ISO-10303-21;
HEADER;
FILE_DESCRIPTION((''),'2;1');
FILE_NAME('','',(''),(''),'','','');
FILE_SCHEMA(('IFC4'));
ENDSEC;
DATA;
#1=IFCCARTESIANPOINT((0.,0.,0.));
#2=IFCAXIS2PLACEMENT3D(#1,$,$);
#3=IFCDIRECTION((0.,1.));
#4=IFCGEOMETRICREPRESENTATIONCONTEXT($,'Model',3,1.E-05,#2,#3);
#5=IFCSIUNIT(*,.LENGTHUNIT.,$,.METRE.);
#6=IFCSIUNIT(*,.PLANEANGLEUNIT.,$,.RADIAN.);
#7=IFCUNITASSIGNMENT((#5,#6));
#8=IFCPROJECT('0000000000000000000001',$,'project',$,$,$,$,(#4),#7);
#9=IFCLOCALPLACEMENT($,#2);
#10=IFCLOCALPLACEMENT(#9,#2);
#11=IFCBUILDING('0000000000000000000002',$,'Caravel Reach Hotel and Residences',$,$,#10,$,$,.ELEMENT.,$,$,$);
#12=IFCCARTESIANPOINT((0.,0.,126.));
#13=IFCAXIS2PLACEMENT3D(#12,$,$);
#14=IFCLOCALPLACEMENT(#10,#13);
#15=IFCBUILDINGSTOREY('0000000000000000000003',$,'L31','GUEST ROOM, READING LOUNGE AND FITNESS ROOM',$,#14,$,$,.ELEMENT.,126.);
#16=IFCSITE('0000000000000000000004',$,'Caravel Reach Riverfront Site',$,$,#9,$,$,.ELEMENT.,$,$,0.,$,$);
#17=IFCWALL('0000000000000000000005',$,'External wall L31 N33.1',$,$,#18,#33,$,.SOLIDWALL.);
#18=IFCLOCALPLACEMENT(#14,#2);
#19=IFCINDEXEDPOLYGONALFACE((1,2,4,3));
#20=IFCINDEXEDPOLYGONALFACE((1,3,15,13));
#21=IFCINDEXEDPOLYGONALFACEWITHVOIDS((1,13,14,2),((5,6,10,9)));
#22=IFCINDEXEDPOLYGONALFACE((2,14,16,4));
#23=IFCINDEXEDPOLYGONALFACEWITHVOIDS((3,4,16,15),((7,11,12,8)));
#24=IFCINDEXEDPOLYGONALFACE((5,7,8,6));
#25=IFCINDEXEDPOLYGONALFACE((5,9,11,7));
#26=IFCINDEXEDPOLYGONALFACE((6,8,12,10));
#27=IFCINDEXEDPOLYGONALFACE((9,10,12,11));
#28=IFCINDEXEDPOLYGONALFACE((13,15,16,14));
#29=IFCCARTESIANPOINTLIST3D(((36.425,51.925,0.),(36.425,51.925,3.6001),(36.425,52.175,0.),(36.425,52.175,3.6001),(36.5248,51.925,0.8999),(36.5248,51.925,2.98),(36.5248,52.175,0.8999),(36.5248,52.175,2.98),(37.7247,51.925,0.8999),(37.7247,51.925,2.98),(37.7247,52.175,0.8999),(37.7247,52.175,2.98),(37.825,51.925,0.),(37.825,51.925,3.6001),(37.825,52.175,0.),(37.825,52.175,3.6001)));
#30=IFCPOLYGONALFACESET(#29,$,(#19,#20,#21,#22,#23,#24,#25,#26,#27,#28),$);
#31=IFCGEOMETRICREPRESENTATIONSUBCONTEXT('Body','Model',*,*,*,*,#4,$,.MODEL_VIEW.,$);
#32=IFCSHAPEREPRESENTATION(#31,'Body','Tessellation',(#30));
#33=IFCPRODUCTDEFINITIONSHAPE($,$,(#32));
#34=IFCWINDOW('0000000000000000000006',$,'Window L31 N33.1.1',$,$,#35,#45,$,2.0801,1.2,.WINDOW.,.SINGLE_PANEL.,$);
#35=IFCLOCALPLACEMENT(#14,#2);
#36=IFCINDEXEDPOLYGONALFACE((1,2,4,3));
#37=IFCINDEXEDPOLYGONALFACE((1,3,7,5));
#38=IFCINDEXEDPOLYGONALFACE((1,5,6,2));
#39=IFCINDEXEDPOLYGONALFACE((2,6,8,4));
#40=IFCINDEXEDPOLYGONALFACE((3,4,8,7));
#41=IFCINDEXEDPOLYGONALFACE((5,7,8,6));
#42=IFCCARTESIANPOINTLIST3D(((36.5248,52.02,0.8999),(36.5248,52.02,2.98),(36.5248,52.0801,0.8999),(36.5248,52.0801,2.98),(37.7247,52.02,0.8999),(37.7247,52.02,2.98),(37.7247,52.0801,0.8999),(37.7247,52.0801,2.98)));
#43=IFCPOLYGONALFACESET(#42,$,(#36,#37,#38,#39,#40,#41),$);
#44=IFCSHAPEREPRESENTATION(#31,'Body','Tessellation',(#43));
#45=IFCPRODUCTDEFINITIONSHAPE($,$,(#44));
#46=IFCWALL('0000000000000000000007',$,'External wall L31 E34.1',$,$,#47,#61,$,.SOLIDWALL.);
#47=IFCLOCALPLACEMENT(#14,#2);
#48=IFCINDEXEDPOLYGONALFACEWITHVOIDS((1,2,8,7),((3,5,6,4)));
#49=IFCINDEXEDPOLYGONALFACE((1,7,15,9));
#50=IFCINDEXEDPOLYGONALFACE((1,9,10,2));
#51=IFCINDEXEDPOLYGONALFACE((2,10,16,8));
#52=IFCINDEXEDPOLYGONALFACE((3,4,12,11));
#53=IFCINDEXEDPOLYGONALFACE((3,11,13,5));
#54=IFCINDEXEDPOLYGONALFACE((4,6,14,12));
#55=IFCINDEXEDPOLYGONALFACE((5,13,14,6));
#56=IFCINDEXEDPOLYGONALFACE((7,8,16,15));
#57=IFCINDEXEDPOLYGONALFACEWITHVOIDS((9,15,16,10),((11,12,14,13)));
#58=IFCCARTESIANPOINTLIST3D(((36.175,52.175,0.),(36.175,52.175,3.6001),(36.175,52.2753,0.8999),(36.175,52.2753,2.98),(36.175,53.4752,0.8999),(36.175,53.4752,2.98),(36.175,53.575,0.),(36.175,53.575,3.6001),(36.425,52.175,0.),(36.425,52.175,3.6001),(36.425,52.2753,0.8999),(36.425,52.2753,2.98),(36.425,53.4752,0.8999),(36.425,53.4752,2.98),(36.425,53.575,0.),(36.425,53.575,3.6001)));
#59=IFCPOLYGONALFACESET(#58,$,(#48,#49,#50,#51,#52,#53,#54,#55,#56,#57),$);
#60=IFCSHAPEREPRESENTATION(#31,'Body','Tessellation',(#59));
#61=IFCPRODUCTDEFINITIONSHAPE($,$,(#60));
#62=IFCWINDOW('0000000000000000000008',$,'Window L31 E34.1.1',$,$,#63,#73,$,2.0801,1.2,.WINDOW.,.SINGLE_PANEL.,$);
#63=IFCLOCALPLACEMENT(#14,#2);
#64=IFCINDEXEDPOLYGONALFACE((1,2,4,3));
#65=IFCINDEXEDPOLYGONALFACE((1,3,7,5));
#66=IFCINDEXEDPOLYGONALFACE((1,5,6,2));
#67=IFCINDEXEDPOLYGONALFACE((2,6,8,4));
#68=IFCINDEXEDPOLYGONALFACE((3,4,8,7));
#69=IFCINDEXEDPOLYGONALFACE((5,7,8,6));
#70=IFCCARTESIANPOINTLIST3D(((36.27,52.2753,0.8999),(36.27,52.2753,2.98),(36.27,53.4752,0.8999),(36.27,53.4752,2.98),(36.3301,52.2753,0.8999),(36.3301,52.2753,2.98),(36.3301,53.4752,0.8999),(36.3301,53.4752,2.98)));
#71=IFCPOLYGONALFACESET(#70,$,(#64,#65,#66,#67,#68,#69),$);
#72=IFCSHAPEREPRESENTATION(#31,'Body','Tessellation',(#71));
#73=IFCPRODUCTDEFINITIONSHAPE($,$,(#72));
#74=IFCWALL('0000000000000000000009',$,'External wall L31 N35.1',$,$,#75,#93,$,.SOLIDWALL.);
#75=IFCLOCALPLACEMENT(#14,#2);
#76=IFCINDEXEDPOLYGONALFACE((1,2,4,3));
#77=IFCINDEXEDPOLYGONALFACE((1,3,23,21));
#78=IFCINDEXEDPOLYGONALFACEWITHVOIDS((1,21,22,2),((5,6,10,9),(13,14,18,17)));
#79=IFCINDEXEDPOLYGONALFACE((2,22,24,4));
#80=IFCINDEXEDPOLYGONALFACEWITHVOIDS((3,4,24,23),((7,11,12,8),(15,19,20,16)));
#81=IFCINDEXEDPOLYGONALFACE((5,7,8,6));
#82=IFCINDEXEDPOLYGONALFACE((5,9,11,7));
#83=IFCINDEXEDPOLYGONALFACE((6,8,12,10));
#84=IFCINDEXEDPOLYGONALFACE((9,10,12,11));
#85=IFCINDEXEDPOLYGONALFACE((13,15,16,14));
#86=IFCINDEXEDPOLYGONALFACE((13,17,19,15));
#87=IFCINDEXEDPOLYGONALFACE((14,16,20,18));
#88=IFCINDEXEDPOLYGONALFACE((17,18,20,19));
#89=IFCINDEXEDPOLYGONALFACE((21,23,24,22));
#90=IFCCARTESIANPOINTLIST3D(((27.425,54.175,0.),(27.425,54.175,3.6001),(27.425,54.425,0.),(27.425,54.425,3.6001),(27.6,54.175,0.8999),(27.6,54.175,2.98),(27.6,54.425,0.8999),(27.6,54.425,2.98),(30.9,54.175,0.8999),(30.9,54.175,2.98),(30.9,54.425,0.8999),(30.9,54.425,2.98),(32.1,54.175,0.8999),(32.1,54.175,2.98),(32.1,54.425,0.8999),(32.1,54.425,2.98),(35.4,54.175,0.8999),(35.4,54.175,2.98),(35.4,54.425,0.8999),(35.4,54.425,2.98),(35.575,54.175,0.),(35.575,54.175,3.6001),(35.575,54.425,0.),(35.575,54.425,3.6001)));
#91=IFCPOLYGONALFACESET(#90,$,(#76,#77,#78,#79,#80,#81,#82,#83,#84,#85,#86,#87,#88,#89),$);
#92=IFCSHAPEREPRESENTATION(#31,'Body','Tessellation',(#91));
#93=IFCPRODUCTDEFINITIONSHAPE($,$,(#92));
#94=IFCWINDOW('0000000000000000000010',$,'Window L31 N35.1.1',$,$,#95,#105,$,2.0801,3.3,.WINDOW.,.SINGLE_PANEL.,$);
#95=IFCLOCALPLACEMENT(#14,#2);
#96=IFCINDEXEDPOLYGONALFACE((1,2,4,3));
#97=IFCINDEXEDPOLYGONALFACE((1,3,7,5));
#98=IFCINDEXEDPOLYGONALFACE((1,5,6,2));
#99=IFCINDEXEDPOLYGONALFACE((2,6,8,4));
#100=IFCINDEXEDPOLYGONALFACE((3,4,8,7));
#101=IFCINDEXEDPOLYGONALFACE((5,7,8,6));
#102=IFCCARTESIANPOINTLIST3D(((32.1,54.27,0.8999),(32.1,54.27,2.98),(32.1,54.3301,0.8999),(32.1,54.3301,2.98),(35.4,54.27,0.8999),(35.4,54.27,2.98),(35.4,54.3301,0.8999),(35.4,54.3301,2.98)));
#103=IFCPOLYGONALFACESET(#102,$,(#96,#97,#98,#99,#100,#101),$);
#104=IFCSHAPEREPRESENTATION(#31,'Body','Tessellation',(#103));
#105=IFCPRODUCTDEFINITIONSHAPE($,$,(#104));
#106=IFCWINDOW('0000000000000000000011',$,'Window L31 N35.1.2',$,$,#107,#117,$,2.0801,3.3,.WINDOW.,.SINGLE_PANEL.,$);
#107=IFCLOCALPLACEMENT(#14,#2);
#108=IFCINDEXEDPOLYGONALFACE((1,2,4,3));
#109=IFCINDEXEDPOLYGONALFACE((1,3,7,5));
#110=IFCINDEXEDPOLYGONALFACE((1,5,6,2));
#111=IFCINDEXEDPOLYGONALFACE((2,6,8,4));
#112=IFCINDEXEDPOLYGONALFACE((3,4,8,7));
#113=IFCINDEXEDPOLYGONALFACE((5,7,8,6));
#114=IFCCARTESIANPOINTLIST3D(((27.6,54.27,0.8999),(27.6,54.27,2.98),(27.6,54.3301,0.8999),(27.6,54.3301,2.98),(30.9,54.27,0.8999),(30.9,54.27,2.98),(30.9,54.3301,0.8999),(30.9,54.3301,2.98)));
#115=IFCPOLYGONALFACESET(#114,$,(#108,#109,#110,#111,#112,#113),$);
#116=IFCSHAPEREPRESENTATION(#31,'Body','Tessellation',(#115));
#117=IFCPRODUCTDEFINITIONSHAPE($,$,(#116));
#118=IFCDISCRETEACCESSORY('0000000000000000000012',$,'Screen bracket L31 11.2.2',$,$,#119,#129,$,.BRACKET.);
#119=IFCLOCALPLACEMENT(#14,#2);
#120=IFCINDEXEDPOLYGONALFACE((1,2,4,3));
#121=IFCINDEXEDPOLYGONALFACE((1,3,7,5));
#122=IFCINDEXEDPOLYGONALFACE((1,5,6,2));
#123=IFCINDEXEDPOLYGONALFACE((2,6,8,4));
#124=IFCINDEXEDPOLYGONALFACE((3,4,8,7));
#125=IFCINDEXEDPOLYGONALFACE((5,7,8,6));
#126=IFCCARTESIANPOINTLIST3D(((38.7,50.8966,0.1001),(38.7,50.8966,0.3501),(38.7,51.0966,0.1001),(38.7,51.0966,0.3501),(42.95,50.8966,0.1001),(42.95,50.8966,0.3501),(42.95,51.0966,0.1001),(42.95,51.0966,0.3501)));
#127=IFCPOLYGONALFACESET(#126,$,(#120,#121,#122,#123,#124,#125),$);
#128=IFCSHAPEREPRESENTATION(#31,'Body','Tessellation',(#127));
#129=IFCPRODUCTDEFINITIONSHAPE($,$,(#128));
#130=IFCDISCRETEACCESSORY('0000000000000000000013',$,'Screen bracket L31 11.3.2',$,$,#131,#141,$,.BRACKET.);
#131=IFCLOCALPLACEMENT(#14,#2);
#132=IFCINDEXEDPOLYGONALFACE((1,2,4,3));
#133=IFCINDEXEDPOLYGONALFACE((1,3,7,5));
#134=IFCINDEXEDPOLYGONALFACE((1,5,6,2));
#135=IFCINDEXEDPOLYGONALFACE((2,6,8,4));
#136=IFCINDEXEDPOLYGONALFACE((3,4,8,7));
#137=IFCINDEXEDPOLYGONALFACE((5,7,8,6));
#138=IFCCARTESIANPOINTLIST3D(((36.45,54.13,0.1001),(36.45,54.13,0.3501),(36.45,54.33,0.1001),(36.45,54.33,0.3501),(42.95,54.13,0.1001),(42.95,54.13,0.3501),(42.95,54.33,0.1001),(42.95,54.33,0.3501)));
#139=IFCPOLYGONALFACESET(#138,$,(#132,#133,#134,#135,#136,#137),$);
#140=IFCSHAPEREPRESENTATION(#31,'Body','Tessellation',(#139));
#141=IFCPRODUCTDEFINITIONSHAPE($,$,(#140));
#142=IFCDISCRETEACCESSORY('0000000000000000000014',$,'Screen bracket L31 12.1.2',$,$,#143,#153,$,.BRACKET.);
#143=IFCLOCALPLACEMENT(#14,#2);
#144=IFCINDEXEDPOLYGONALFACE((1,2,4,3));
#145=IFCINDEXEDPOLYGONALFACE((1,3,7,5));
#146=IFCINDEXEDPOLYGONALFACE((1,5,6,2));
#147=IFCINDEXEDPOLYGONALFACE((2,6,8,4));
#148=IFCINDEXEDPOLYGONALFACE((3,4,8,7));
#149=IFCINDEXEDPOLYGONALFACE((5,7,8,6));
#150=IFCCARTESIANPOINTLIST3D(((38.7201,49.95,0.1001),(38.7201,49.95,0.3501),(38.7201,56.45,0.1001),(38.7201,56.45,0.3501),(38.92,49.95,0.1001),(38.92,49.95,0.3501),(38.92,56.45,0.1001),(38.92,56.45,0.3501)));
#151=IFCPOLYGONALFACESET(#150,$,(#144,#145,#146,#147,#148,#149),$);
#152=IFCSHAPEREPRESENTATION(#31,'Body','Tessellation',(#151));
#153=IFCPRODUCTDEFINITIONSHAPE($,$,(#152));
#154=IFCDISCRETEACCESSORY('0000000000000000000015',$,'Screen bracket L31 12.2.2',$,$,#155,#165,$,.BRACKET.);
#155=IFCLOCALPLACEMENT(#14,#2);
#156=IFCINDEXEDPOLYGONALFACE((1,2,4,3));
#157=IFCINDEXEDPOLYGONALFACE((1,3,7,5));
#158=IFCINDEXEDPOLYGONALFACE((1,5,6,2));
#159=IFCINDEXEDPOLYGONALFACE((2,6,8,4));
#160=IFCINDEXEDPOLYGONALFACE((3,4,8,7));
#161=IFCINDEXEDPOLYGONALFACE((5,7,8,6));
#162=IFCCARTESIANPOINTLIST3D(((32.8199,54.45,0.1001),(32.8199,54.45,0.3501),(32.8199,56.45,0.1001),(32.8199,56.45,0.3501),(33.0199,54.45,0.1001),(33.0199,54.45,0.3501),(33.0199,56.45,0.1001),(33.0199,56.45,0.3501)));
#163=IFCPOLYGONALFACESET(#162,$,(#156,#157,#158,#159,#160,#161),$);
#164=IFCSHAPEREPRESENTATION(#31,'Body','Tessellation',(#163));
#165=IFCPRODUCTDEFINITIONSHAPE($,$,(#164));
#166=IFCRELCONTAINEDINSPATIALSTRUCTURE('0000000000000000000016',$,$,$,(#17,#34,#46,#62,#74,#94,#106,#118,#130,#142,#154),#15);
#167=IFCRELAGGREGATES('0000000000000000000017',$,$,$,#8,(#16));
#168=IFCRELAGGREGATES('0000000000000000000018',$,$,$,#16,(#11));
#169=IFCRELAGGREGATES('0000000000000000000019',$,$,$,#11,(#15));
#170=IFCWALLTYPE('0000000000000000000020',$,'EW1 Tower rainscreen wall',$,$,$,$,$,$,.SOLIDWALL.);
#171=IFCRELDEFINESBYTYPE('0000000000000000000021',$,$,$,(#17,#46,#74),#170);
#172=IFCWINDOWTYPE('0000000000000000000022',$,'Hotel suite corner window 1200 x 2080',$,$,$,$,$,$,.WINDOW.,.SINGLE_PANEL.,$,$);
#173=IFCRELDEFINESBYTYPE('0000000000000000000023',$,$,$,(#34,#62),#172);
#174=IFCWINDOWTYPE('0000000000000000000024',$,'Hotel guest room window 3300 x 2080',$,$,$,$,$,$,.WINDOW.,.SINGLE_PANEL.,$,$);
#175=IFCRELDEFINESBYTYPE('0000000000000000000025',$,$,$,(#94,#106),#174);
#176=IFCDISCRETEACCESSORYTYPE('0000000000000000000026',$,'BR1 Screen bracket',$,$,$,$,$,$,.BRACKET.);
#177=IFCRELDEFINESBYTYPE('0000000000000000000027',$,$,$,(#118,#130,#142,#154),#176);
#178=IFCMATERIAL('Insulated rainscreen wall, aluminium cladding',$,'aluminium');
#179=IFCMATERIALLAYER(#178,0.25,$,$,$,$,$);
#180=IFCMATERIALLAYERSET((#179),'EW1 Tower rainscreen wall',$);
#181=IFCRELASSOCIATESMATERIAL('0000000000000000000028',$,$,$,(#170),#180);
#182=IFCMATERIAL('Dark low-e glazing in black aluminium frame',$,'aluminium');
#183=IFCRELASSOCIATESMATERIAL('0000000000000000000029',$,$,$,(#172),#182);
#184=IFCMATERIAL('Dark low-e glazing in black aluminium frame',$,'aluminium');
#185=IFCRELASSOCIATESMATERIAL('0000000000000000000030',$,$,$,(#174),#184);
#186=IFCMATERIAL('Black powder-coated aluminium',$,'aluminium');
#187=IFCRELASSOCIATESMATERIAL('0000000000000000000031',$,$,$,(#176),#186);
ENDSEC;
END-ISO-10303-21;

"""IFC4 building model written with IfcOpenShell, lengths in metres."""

from ifc_helpers import new_model, si_unit, direction, frame, frame_2d, origin, origin_2d, place, context, subcontext, project, spatial, rectangle, extrude, material, layer, layer_set, type_object, element, fill, save


model = new_model("IFC4")

# Units and contexts
model_context = context("Model", 3, precision=1e-05, world=origin(), true_north=direction((0.0, 1.0)))
body_context = subcontext(model_context, "Body", "Model", "MODEL_VIEW")
ifc_project = project(units=[si_unit("LENGTHUNIT", "METRE"), si_unit("PLANEANGLEUNIT", "RADIAN")], contexts=[model_context])

# Site, building, storey
site_placement = place(None, origin())
site = spatial("IfcSite", under=ifc_project, at=site_placement, Name="Caravel Reach Riverfront Site", CompositionType="ELEMENT", RefElevation=0.0)
building_placement = place(site_placement, origin())
building = spatial("IfcBuilding", under=site, at=building_placement, Name="Caravel Reach Hotel and Residences", CompositionType="ELEMENT")
storey_placement = place(building_placement, frame((0.0, 0.0, 126.0)))
storey = spatial("IfcBuildingStorey", under=building, at=storey_placement, Name="L31", Description="GUEST ROOM, READING LOUNGE AND FITNESS ROOM", CompositionType="ELEMENT", Elevation=126.0)

# Walls, openings, windows
ifc_material_1 = material(Name="Insulated rainscreen wall, aluminium cladding", Category="aluminium")
ifc_layer = layer(ifc_material_1, 0.25)
ifc_layer_set = layer_set([ifc_layer], Name="EW1 Tower rainscreen wall")
wall_type = type_object("IfcWallType", Name="EW1 Tower rainscreen wall", PredefinedType="SOLIDWALL", material=ifc_layer_set)
wall_1_placement = place(storey_placement, frame((37.825, 52.05, 0.0), z_axis=(0.0, 0.0, 1.0), x_axis=(-1.0, 0.0, 0.0)))
wall_1 = element("IfcWall", 1, at=wall_1_placement, inside=storey, type_object=wall_type, Name="External wall L31 N33.1", PredefinedType="SOLIDWALL", context=body_context, shape_type="SweptSolid", body=[
    extrude(rectangle(XDim=1.3999, YDim=0.25, at=frame_2d((0.7, 0.0))), origin(), (0.0, 0.0, 1.0), 3.6001),
])
opening_1_placement = place(wall_1_placement, frame((0.1001, 0.0, 0.8999)))
opening_1 = element("IfcOpeningElement", 2, at=opening_1_placement, cuts=wall_1, PredefinedType="OPENING", context=body_context, shape_type="SweptSolid", body=[
    extrude(rectangle(XDim=1.2, YDim=2.0801, at=frame_2d((0.6001, 1.04))), frame((0.0, 0.135, 0.0), z_axis=(0.0, -1.0, 0.0), x_axis=(1.0, 0.0, 0.0)), (0.0, 0.0, 1.0), 0.27),
])
ifc_material_2 = material(Name="Dark low-e glazing in black aluminium frame", Category="aluminium")
window_type_1 = type_object("IfcWindowType", Name="Hotel suite corner window 1200 x 2080", PartitioningType="SINGLE_PANEL", PredefinedType="WINDOW", material=ifc_material_2)
window_1_placement = place(opening_1_placement, origin())
window_1 = element("IfcWindow", 3, at=window_1_placement, inside=storey, type_object=window_type_1, Name="Window L31 N33.1.1", OverallHeight=2.0801, OverallWidth=1.2, PartitioningType="SINGLE_PANEL", PredefinedType="WINDOW", context=body_context, shape_type="SweptSolid", body=[
    extrude(rectangle(XDim=1.2, YDim=2.0801, at=frame_2d((0.6001, 1.04))), frame((0.0, 0.03, 0.0), z_axis=(0.0, -1.0, 0.0), x_axis=(1.0, 0.0, 0.0)), (0.0, 0.0, 1.0), 0.0601),
])
fill(opening_1, window_1)
wall_2_placement = place(storey_placement, frame((36.3, 52.175, 0.0), z_axis=(0.0, 0.0, 1.0), x_axis=(0.0, 1.0, 0.0)))
wall_2 = element("IfcWall", 4, at=wall_2_placement, inside=storey, type_object=wall_type, Name="External wall L31 E34.1", PredefinedType="SOLIDWALL", context=body_context, shape_type="SweptSolid", body=[
    extrude(rectangle(XDim=1.3999, YDim=0.25, at=frame_2d((0.7, 0.0))), origin(), (0.0, 0.0, 1.0), 3.6001),
])
opening_2_placement = place(wall_2_placement, frame((0.1001, 0.0, 0.8999)))
opening_2 = element("IfcOpeningElement", 5, at=opening_2_placement, cuts=wall_2, PredefinedType="OPENING", context=body_context, shape_type="SweptSolid", body=[
    extrude(rectangle(XDim=1.2, YDim=2.0801, at=frame_2d((0.6001, 1.04))), frame((0.0, 0.135, 0.0), z_axis=(0.0, -1.0, 0.0), x_axis=(1.0, 0.0, 0.0)), (0.0, 0.0, 1.0), 0.27),
])
window_2_placement = place(opening_2_placement, origin())
window_2 = element("IfcWindow", 6, at=window_2_placement, inside=storey, type_object=window_type_1, Name="Window L31 E34.1.1", OverallHeight=2.0801, OverallWidth=1.2, PartitioningType="SINGLE_PANEL", PredefinedType="WINDOW", context=body_context, shape_type="SweptSolid", body=[
    extrude(rectangle(XDim=1.2, YDim=2.0801, at=frame_2d((0.6001, 1.04))), frame((0.0, 0.03, 0.0), z_axis=(0.0, -1.0, 0.0), x_axis=(1.0, 0.0, 0.0)), (0.0, 0.0, 1.0), 0.0601),
])
fill(opening_2, window_2)

# Wall, openings, windows
wall_3_placement = place(storey_placement, frame((35.575, 54.3, 0.0), z_axis=(0.0, 0.0, 1.0), x_axis=(-1.0, 0.0, 0.0)))
wall_3 = element("IfcWall", 7, at=wall_3_placement, inside=storey, type_object=wall_type, Name="External wall L31 N35.1", PredefinedType="SOLIDWALL", context=body_context, shape_type="SweptSolid", body=[
    extrude(rectangle(XDim=8.1499, YDim=0.25, at=frame_2d((4.075, 0.0))), origin(), (0.0, 0.0, 1.0), 3.6001),
])
opening_3_placement = place(wall_3_placement, frame((0.175, 0.0, 0.8999)))
opening_3 = element("IfcOpeningElement", 8, at=opening_3_placement, cuts=wall_3, PredefinedType="OPENING", context=body_context, shape_type="SweptSolid", body=[
    extrude(rectangle(XDim=3.3, YDim=2.0801, at=frame_2d((1.6499, 1.04))), frame((0.0, 0.135, 0.0), z_axis=(0.0, -1.0, 0.0), x_axis=(1.0, 0.0, 0.0)), (0.0, 0.0, 1.0), 0.27),
])
opening_4_placement = place(wall_3_placement, frame((4.675, 0.0, 0.8999)))
opening_4 = element("IfcOpeningElement", 9, at=opening_4_placement, cuts=wall_3, PredefinedType="OPENING", context=body_context, shape_type="SweptSolid", body=[
    extrude(rectangle(XDim=3.3, YDim=2.0801, at=frame_2d((1.6499, 1.04))), frame((0.0, 0.135, 0.0), z_axis=(0.0, -1.0, 0.0), x_axis=(1.0, 0.0, 0.0)), (0.0, 0.0, 1.0), 0.27),
])
ifc_material_3 = material(Name="Dark low-e glazing in black aluminium frame", Category="aluminium")
window_type_2 = type_object("IfcWindowType", Name="Hotel guest room window 3300 x 2080", PartitioningType="SINGLE_PANEL", PredefinedType="WINDOW", material=ifc_material_3)
window_3_placement = place(opening_3_placement, origin())
window_3 = element("IfcWindow", 10, at=window_3_placement, inside=storey, type_object=window_type_2, Name="Window L31 N35.1.1", OverallHeight=2.0801, OverallWidth=3.3, PartitioningType="SINGLE_PANEL", PredefinedType="WINDOW", context=body_context, shape_type="SweptSolid", body=[
    extrude(rectangle(XDim=3.3, YDim=2.0801, at=frame_2d((1.6499, 1.04))), frame((0.0, 0.03, 0.0), z_axis=(0.0, -1.0, 0.0), x_axis=(1.0, 0.0, 0.0)), (0.0, 0.0, 1.0), 0.0601),
])
fill(opening_3, window_3)
window_4_placement = place(opening_4_placement, origin())
window_4 = element("IfcWindow", 11, at=window_4_placement, inside=storey, type_object=window_type_2, Name="Window L31 N35.1.2", OverallHeight=2.0801, OverallWidth=3.3, PartitioningType="SINGLE_PANEL", PredefinedType="WINDOW", context=body_context, shape_type="SweptSolid", body=[
    extrude(rectangle(XDim=3.3, YDim=2.0801, at=frame_2d((1.6499, 1.04))), frame((0.0, 0.03, 0.0), z_axis=(0.0, -1.0, 0.0), x_axis=(1.0, 0.0, 0.0)), (0.0, 0.0, 1.0), 0.0601),
])
fill(opening_4, window_4)

# Discrete accessories
ifc_material_4 = material(Name="Black powder-coated aluminium", Category="aluminium")
discrete_accessory_type = type_object("IfcDiscreteAccessoryType", Name="BR1 Screen bracket", PredefinedType="BRACKET", material=ifc_material_4)
discrete_accessory_1_placement = place(storey_placement, frame((40.825, 50.9966, 0.1001), z_axis=(0.0, 0.0, 1.0), x_axis=(1.0, 0.0, 0.0)))
element("IfcDiscreteAccessory", 12, at=discrete_accessory_1_placement, inside=storey, type_object=discrete_accessory_type, Name="Screen bracket L31 11.2.2", PredefinedType="BRACKET", context=body_context, shape_type="SweptSolid", body=[
    extrude(rectangle(XDim=4.25, YDim=0.2, at=origin_2d()), origin(), (0.0, 0.0, 1.0), 0.25),
])
for number, where, z_axis, x_axis, name in (
    (13, (39.7, 54.23, 0.1001), (0.0, 0.0, 1.0), (1.0, 0.0, 0.0), "Screen bracket L31 11.3.2"),
    (14, (38.8201, 53.2, 0.1001), (0.0, 0.0, 1.0), (0.0, 1.0, 0.0), "Screen bracket L31 12.1.2"),
):
    element("IfcDiscreteAccessory", number, at=place(storey_placement, frame(where, z_axis=z_axis, x_axis=x_axis)), inside=storey, type_object=discrete_accessory_type, Name=name, PredefinedType="BRACKET", context=body_context, shape_type="SweptSolid", body=[
        extrude(rectangle(XDim=6.5, YDim=0.2, at=origin_2d()), origin(), (0.0, 0.0, 1.0), 0.25),
    ])
discrete_accessory_2_placement = place(storey_placement, frame((32.9199, 55.45, 0.1001), z_axis=(0.0, 0.0, 1.0), x_axis=(0.0, 1.0, 0.0)))
element("IfcDiscreteAccessory", 15, at=discrete_accessory_2_placement, inside=storey, type_object=discrete_accessory_type, Name="Screen bracket L31 12.2.2", PredefinedType="BRACKET", context=body_context, shape_type="SweptSolid", body=[
    extrude(rectangle(XDim=2.0, YDim=0.2, at=origin_2d()), origin(), (0.0, 0.0, 1.0), 0.25),
])

save(model, "model.ifc")
